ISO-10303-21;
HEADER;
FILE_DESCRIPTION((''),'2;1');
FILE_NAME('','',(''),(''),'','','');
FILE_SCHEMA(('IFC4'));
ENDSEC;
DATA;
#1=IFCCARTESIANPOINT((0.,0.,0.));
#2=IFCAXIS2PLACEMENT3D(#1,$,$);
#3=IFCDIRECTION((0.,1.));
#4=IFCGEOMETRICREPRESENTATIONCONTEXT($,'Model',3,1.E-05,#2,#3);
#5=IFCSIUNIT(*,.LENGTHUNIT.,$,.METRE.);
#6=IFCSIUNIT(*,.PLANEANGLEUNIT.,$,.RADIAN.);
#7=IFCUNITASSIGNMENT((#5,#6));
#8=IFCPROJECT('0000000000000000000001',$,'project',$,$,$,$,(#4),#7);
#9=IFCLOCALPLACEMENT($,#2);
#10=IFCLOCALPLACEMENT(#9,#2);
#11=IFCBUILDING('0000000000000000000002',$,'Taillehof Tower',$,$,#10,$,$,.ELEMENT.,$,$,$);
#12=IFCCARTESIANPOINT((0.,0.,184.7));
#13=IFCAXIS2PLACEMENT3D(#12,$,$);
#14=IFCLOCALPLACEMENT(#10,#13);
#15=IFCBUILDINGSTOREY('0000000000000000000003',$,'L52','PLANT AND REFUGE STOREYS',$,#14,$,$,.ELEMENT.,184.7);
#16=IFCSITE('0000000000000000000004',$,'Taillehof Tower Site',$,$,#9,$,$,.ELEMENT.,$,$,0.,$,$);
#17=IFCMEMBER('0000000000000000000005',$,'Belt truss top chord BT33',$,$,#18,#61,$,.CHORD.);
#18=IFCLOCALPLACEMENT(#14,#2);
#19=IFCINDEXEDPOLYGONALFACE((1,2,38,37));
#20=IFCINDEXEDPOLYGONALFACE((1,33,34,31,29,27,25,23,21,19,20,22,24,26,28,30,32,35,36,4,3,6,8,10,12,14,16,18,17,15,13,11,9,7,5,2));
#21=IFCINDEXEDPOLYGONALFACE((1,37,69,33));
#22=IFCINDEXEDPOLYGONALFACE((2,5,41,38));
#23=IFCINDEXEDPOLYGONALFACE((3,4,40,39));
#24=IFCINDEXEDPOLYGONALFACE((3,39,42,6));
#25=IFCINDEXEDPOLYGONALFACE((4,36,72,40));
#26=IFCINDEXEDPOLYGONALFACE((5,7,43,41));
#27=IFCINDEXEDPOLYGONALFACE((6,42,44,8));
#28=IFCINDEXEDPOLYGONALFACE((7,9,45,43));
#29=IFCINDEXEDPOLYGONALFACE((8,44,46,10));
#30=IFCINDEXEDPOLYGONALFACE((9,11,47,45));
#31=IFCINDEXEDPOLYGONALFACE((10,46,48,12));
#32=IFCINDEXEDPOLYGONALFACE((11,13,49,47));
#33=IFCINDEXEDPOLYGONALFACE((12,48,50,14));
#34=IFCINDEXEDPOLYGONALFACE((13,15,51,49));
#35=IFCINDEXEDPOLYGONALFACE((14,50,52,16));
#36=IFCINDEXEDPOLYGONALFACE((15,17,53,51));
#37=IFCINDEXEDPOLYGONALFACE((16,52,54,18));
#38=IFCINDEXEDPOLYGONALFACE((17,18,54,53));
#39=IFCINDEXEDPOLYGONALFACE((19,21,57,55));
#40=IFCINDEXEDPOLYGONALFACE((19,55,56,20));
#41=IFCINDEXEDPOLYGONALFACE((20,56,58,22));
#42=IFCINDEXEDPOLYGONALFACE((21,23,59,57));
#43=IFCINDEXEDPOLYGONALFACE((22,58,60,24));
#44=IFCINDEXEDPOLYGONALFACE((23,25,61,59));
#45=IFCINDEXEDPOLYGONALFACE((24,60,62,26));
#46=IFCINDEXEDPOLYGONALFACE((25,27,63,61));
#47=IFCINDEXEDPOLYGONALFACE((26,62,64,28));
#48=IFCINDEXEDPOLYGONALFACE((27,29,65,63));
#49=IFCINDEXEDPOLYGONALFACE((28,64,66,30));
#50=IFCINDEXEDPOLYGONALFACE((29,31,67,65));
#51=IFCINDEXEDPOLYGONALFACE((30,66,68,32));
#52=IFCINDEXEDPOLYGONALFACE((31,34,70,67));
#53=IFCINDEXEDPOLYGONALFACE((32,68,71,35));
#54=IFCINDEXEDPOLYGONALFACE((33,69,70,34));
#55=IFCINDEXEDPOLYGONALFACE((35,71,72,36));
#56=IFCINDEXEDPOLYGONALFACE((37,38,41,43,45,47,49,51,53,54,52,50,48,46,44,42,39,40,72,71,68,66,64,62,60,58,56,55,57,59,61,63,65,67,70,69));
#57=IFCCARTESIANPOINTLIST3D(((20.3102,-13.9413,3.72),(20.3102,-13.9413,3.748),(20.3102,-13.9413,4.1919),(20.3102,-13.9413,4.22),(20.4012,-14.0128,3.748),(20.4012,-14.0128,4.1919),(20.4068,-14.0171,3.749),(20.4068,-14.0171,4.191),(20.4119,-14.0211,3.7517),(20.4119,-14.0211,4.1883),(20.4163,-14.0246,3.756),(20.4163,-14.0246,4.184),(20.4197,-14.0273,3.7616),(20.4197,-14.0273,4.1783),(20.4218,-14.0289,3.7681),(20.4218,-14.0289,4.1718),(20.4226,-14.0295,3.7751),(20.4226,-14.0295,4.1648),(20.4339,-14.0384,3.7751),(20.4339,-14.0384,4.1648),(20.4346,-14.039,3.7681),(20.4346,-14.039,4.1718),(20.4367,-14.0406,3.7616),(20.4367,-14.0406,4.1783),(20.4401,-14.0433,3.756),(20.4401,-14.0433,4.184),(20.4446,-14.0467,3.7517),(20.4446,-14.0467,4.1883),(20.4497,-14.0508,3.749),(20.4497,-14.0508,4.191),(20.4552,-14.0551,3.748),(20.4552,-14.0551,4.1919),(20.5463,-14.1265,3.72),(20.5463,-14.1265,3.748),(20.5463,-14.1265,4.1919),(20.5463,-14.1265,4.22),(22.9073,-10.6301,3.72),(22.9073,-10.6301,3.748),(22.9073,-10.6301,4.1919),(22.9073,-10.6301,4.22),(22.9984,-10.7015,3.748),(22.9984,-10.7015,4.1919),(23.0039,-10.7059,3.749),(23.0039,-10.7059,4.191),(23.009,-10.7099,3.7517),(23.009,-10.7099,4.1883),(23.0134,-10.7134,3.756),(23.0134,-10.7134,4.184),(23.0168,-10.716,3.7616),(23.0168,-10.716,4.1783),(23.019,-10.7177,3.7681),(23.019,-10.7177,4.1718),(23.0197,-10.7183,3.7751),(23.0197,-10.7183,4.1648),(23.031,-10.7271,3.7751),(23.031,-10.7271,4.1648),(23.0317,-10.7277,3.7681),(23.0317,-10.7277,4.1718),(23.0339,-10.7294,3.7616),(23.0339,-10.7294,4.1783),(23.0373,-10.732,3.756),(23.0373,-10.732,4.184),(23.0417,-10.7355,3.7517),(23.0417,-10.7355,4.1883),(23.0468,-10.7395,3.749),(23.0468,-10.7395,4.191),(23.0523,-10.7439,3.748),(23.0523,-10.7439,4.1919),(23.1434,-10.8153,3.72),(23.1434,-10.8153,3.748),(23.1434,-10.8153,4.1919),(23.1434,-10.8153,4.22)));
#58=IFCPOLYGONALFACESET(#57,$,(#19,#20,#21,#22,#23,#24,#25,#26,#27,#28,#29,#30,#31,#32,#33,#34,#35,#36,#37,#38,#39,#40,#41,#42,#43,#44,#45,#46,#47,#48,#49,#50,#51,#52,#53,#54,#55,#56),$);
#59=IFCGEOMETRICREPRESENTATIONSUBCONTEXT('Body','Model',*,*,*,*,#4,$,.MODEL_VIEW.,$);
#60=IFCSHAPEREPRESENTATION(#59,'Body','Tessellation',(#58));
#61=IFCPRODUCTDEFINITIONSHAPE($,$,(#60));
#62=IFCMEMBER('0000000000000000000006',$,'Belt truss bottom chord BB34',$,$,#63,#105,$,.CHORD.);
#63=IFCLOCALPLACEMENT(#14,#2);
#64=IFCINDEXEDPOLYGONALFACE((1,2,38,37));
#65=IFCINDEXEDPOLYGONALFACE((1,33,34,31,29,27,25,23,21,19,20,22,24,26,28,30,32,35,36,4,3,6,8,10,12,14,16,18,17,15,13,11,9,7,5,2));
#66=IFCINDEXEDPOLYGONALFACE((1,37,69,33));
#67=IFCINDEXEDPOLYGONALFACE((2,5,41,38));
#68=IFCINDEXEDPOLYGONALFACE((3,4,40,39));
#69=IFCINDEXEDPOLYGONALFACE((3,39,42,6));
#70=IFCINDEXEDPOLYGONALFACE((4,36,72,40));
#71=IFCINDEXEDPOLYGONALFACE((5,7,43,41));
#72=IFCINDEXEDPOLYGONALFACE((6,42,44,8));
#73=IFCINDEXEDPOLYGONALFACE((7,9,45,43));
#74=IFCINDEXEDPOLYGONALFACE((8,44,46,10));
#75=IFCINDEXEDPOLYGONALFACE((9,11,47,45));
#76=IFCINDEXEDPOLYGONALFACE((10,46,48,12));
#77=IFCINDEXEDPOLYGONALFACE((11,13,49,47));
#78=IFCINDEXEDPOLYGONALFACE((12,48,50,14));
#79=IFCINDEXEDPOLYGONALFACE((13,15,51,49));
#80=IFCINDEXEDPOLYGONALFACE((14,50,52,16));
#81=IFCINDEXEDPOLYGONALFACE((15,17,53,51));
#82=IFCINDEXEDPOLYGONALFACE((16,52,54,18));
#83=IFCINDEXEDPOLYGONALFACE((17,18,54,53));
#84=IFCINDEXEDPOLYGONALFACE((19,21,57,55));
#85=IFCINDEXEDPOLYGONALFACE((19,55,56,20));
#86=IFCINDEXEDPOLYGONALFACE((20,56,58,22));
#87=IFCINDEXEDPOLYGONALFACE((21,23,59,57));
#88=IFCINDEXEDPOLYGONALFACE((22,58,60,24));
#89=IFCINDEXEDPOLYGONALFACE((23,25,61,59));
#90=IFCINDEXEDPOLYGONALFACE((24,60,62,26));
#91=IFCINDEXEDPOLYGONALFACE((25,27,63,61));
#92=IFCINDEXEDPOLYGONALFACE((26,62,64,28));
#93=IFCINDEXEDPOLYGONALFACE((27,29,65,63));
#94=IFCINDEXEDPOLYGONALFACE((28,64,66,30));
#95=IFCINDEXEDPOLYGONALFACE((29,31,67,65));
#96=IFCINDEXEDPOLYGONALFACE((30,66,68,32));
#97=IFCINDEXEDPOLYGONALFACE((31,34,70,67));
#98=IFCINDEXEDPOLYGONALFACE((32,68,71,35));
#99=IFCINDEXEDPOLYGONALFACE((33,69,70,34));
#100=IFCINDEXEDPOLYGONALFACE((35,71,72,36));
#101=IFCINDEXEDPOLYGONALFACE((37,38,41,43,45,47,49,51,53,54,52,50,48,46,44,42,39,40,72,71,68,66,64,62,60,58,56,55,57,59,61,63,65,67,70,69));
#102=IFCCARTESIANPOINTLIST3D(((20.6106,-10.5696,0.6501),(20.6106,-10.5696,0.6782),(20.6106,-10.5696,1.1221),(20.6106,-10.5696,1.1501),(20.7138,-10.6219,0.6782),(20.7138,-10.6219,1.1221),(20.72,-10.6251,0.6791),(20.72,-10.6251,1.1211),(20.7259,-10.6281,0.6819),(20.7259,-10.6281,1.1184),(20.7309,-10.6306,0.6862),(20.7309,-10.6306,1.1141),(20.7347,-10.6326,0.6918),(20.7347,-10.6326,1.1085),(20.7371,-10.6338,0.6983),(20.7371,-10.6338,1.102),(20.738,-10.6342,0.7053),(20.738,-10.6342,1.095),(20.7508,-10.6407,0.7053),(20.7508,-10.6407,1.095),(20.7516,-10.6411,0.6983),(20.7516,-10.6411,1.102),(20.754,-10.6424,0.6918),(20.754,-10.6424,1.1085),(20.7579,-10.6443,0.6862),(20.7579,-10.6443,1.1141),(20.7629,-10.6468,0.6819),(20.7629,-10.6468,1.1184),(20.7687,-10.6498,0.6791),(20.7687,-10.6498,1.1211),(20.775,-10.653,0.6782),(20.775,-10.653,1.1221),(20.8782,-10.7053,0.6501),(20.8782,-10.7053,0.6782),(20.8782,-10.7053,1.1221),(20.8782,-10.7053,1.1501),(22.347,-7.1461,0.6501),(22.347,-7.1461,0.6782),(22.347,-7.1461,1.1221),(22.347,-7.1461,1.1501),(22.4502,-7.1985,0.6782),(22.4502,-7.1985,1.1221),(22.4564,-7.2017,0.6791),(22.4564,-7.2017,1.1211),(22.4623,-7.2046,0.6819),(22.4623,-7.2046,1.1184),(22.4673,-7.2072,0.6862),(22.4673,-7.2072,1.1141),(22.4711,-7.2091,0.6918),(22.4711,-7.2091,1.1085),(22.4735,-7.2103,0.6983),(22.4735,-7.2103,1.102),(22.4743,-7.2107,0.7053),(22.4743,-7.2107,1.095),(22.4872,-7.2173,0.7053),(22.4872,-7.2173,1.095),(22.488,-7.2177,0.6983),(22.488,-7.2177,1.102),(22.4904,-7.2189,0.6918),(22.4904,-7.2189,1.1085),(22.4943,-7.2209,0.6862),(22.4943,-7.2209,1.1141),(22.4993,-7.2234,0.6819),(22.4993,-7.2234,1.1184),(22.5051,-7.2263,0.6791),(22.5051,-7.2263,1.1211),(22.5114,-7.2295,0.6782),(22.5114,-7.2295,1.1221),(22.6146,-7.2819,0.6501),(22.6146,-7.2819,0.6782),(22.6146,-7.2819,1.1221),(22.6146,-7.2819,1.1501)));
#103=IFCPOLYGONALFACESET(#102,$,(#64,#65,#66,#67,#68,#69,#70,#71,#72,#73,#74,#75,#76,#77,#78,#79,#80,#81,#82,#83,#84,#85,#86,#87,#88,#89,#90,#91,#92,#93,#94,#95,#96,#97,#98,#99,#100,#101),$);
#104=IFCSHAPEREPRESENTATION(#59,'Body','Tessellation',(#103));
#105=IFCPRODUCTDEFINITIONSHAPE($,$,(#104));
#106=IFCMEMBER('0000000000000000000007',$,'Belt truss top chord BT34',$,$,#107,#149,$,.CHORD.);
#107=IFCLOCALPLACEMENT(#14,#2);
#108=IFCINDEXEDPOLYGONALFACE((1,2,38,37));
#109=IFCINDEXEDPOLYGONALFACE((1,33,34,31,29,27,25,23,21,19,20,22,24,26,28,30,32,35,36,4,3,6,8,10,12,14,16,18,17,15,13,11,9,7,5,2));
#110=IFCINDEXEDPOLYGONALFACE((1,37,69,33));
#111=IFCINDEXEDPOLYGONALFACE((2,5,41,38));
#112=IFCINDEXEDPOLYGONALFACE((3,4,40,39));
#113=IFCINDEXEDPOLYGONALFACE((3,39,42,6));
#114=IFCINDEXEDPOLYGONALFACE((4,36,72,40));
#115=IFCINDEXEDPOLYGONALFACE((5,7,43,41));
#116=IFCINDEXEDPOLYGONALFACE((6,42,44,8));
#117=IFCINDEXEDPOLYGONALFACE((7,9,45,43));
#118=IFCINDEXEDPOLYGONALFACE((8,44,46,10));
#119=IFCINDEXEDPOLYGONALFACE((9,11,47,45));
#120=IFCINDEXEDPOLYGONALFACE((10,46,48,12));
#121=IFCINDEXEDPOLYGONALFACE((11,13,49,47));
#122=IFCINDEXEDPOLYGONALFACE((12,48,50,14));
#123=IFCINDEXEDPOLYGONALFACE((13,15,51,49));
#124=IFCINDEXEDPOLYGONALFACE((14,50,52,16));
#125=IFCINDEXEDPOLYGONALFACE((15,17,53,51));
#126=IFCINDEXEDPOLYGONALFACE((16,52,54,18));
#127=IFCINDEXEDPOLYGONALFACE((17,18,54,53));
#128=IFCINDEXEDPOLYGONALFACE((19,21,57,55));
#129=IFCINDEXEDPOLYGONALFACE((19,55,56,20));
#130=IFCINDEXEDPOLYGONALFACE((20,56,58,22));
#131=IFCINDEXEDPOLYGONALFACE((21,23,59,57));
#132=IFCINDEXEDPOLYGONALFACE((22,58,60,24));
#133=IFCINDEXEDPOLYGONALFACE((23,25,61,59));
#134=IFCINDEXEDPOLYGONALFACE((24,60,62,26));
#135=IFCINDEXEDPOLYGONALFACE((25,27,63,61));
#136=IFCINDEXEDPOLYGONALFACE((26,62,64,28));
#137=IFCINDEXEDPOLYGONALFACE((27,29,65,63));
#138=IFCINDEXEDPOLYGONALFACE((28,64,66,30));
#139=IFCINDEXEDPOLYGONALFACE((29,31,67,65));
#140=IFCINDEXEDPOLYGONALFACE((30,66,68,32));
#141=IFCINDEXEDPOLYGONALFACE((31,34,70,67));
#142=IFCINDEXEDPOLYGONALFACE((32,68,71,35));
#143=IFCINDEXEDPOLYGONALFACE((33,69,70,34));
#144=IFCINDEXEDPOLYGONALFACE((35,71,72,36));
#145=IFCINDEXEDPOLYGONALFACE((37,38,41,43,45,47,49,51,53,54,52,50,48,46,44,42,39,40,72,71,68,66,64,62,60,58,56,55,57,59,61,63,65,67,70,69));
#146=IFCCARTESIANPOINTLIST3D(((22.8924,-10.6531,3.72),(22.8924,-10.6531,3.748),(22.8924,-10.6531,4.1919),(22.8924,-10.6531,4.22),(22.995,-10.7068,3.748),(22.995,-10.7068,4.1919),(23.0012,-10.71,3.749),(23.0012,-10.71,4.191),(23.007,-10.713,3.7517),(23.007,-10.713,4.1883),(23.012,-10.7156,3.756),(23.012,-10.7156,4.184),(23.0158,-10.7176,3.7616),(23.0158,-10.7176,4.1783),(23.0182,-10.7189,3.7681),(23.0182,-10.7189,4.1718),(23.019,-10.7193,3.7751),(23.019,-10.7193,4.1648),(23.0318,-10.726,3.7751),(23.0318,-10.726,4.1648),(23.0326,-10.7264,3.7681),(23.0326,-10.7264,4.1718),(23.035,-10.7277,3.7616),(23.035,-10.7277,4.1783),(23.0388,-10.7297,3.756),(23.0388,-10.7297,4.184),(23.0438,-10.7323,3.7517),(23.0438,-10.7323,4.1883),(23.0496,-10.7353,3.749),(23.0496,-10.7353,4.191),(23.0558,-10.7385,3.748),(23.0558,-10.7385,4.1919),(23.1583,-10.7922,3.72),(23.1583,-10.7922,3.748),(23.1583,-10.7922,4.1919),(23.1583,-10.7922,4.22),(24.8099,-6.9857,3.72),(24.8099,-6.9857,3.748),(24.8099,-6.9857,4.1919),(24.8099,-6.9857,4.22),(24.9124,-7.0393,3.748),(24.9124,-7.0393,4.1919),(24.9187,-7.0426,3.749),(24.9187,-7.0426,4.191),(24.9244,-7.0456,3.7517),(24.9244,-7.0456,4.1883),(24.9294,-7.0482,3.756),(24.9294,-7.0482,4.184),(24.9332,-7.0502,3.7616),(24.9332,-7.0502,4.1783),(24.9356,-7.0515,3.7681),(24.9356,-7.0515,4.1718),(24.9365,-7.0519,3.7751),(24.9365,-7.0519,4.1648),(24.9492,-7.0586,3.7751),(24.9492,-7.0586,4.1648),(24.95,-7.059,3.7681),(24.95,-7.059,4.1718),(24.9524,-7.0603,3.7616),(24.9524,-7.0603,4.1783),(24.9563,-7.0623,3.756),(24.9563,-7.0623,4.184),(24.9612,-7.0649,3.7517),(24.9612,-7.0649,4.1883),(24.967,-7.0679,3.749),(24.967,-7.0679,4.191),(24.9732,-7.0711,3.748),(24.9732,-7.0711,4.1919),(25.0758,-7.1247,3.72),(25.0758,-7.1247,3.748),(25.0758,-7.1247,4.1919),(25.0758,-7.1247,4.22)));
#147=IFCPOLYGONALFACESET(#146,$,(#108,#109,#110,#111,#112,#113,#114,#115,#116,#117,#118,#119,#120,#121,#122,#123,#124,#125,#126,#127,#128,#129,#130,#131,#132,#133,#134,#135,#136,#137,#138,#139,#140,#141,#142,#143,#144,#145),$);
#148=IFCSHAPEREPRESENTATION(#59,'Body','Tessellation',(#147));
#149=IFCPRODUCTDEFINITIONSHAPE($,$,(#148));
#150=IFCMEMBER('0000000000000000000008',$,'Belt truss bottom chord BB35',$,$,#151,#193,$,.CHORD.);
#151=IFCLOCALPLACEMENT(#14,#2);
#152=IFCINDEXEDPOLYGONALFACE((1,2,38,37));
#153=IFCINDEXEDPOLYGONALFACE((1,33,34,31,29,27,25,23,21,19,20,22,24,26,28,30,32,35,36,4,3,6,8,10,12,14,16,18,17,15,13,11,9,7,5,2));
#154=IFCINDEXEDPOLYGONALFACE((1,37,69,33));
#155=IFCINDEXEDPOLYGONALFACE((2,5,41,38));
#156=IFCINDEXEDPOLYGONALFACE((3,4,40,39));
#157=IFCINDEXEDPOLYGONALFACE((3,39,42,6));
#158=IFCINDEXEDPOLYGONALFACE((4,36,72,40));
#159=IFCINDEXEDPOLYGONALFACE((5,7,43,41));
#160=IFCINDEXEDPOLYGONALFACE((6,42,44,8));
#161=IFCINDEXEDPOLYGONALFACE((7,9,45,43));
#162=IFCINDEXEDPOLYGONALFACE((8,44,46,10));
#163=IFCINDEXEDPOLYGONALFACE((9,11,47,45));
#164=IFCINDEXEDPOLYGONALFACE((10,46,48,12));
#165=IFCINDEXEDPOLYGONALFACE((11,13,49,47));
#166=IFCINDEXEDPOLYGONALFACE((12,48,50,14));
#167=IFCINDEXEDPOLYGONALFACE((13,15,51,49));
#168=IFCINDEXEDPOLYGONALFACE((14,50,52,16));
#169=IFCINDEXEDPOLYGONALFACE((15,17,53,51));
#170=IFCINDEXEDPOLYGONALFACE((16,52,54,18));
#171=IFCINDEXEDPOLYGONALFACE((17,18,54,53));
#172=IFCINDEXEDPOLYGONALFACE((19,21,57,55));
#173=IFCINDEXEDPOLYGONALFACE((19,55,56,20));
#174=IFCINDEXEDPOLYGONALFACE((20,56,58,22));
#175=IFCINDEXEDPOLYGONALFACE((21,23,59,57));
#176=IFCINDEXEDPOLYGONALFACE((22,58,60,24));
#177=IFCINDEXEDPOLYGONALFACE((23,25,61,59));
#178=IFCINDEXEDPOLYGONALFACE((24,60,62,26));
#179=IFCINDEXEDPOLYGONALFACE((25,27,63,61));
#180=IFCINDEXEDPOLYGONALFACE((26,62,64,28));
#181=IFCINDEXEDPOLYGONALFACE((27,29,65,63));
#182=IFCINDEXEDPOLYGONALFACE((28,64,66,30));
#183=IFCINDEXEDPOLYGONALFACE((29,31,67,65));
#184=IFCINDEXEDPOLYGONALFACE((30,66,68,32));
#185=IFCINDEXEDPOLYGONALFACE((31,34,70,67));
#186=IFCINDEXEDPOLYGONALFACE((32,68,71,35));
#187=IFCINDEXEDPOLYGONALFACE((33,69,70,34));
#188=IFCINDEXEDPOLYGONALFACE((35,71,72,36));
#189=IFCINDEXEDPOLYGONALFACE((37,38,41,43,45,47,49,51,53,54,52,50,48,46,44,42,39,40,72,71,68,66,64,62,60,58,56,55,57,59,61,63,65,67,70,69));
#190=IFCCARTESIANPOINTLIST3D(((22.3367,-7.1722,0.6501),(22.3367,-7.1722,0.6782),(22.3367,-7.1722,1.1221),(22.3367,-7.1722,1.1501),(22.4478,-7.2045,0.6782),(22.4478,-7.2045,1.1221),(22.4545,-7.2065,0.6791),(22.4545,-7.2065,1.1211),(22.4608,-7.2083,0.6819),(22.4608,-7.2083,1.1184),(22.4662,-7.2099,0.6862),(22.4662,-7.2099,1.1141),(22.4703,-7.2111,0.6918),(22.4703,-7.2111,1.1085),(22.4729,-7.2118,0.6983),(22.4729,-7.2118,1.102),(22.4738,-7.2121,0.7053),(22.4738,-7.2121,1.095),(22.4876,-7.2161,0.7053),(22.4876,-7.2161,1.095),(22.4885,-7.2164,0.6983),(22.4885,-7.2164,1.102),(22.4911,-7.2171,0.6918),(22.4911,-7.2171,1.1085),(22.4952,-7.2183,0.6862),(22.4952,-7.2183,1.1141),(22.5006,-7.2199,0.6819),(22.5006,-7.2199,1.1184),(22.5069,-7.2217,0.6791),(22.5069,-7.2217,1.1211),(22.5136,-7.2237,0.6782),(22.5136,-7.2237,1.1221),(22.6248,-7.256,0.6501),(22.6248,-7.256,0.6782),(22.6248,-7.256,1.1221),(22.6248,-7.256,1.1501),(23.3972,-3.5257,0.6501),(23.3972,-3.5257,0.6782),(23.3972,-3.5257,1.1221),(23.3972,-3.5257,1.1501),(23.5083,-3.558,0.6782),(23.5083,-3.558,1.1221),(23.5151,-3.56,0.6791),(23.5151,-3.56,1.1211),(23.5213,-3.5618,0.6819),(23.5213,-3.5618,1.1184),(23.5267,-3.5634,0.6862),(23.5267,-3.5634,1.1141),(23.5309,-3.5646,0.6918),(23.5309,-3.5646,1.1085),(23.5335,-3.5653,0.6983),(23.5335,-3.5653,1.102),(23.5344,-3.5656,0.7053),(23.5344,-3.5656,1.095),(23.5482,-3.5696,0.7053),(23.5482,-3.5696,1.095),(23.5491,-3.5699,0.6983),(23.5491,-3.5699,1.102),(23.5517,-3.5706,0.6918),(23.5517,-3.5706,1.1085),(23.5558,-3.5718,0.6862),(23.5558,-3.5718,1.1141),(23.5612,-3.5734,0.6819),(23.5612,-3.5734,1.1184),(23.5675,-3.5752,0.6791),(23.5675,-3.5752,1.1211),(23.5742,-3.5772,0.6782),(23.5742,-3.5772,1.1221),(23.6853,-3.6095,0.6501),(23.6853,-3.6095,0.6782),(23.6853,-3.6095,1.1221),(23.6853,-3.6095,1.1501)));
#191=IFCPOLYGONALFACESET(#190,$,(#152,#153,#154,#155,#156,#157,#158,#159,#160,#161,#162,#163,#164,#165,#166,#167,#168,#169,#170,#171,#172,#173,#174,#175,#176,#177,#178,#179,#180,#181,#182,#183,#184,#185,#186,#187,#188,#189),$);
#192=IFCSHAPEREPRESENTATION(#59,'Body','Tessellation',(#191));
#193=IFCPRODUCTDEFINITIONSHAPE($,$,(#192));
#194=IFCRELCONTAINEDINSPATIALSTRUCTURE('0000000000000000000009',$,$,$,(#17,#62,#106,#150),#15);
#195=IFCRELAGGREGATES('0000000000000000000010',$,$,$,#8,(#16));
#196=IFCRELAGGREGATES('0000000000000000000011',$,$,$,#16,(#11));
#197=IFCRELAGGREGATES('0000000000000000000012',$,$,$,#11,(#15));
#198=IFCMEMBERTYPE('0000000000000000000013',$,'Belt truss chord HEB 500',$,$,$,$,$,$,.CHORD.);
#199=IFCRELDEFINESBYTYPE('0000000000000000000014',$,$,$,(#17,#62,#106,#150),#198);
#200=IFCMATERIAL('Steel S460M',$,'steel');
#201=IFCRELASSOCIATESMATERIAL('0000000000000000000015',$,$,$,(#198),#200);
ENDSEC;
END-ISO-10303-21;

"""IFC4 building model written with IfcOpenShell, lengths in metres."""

from ifc_helpers import new_model, si_unit, direction, frame, origin, origin_2d, place, context, subcontext, project, spatial, i_section, extrude, material, material_profile, profile_set, type_object, element, save


model = new_model("IFC4")

# Units and contexts
model_context = context("Model", 3, precision=1e-05, world=origin(), true_north=direction((0.0, 1.0)))
body_context = subcontext(model_context, "Body", "Model", "MODEL_VIEW")
ifc_project = project(units=[si_unit("LENGTHUNIT", "METRE"), si_unit("PLANEANGLEUNIT", "RADIAN")], contexts=[model_context])

# Site, building, storey
site_placement = place(None, origin())
site = spatial("IfcSite", under=ifc_project, at=site_placement, Name="Taillehof Tower Site", CompositionType="ELEMENT", RefElevation=0.0)
building_placement = place(site_placement, origin())
building = spatial("IfcBuilding", under=site, at=building_placement, Name="Taillehof Tower", CompositionType="ELEMENT")
storey_placement = place(building_placement, frame((0.0, 0.0, 184.7)))
storey = spatial("IfcBuildingStorey", under=building, at=storey_placement, Name="L52", Description="PLANT AND REFUGE STOREYS", CompositionType="ELEMENT", Elevation=184.7)

# Members
ifc_material_1 = material(Name="Steel S460M", Category="steel")
ifc_material_profile_1 = material_profile(ifc_material_1, i_section(OverallWidth=0.3, OverallDepth=0.5, WebThickness=0.0144, FlangeThickness=0.0281, FilletRadius=0.0271, at=origin_2d()), Name="HEB 500")
ifc_profile_set_1 = profile_set([ifc_material_profile_1], Name="Steel S460M")
member_type_1 = type_object("IfcMemberType", Name="Belt truss chord HEB 500", PredefinedType="CHORD", material=ifc_profile_set_1)
member_1_placement = place(storey_placement, frame((20.4282, -14.0339, 3.97), z_axis=(0.617153, 0.786843, 0.0), x_axis=(-0.786843, 0.617153, 0.0)))
element("IfcMember", 1, at=member_1_placement, inside=storey, type_object=member_type_1, Name="Belt truss top chord BT33", PredefinedType="CHORD", context=body_context, shape_type="SweptSolid", body=[
    extrude(i_section(OverallWidth=0.3, OverallDepth=0.5, WebThickness=0.0144, FlangeThickness=0.0281, FilletRadius=0.0271, at=origin_2d()), origin(), (0.0, 0.0, 1.0), 4.2083),
])
member_2_placement = place(storey_placement, frame((20.7444, -10.6375, 0.9001), z_axis=(0.452345, 0.891843, 0.0), x_axis=(-0.891843, 0.452345, 0.0)))
element("IfcMember", 2, at=member_2_placement, inside=storey, type_object=member_type_1, Name="Belt truss bottom chord BB34", PredefinedType="CHORD", context=body_context, shape_type="SweptSolid", body=[
    extrude(i_section(OverallWidth=0.3, OverallDepth=0.5, WebThickness=0.0144, FlangeThickness=0.0281, FilletRadius=0.0271, at=origin_2d()), origin(), (0.0, 0.0, 1.0), 3.8386),
])
member_3_placement = place(storey_placement, frame((23.0254, -10.7227, 3.97), z_axis=(0.463328, 0.886187, 0.0), x_axis=(-0.886187, 0.463328, 0.0)))
element("IfcMember", 3, at=member_3_placement, inside=storey, type_object=member_type_1, Name="Belt truss top chord BT34", PredefinedType="CHORD", context=body_context, shape_type="SweptSolid", body=[
    extrude(i_section(OverallWidth=0.3, OverallDepth=0.5, WebThickness=0.0144, FlangeThickness=0.0281, FilletRadius=0.0271, at=origin_2d()), origin(), (0.0, 0.0, 1.0), 4.1384),
])
member_4_placement = place(storey_placement, frame((22.4807, -7.2141, 0.9001), z_axis=(0.279269, 0.960213, 0.0), x_axis=(-0.960213, 0.279269, 0.0)))
element("IfcMember", 4, at=member_4_placement, inside=storey, type_object=member_type_1, Name="Belt truss bottom chord BB35", PredefinedType="CHORD", context=body_context, shape_type="SweptSolid", body=[
    extrude(i_section(OverallWidth=0.3, OverallDepth=0.5, WebThickness=0.0144, FlangeThickness=0.0281, FilletRadius=0.0271, at=origin_2d()), origin(), (0.0, 0.0, 1.0), 3.7976),
])

save(model, "model.ifc")
